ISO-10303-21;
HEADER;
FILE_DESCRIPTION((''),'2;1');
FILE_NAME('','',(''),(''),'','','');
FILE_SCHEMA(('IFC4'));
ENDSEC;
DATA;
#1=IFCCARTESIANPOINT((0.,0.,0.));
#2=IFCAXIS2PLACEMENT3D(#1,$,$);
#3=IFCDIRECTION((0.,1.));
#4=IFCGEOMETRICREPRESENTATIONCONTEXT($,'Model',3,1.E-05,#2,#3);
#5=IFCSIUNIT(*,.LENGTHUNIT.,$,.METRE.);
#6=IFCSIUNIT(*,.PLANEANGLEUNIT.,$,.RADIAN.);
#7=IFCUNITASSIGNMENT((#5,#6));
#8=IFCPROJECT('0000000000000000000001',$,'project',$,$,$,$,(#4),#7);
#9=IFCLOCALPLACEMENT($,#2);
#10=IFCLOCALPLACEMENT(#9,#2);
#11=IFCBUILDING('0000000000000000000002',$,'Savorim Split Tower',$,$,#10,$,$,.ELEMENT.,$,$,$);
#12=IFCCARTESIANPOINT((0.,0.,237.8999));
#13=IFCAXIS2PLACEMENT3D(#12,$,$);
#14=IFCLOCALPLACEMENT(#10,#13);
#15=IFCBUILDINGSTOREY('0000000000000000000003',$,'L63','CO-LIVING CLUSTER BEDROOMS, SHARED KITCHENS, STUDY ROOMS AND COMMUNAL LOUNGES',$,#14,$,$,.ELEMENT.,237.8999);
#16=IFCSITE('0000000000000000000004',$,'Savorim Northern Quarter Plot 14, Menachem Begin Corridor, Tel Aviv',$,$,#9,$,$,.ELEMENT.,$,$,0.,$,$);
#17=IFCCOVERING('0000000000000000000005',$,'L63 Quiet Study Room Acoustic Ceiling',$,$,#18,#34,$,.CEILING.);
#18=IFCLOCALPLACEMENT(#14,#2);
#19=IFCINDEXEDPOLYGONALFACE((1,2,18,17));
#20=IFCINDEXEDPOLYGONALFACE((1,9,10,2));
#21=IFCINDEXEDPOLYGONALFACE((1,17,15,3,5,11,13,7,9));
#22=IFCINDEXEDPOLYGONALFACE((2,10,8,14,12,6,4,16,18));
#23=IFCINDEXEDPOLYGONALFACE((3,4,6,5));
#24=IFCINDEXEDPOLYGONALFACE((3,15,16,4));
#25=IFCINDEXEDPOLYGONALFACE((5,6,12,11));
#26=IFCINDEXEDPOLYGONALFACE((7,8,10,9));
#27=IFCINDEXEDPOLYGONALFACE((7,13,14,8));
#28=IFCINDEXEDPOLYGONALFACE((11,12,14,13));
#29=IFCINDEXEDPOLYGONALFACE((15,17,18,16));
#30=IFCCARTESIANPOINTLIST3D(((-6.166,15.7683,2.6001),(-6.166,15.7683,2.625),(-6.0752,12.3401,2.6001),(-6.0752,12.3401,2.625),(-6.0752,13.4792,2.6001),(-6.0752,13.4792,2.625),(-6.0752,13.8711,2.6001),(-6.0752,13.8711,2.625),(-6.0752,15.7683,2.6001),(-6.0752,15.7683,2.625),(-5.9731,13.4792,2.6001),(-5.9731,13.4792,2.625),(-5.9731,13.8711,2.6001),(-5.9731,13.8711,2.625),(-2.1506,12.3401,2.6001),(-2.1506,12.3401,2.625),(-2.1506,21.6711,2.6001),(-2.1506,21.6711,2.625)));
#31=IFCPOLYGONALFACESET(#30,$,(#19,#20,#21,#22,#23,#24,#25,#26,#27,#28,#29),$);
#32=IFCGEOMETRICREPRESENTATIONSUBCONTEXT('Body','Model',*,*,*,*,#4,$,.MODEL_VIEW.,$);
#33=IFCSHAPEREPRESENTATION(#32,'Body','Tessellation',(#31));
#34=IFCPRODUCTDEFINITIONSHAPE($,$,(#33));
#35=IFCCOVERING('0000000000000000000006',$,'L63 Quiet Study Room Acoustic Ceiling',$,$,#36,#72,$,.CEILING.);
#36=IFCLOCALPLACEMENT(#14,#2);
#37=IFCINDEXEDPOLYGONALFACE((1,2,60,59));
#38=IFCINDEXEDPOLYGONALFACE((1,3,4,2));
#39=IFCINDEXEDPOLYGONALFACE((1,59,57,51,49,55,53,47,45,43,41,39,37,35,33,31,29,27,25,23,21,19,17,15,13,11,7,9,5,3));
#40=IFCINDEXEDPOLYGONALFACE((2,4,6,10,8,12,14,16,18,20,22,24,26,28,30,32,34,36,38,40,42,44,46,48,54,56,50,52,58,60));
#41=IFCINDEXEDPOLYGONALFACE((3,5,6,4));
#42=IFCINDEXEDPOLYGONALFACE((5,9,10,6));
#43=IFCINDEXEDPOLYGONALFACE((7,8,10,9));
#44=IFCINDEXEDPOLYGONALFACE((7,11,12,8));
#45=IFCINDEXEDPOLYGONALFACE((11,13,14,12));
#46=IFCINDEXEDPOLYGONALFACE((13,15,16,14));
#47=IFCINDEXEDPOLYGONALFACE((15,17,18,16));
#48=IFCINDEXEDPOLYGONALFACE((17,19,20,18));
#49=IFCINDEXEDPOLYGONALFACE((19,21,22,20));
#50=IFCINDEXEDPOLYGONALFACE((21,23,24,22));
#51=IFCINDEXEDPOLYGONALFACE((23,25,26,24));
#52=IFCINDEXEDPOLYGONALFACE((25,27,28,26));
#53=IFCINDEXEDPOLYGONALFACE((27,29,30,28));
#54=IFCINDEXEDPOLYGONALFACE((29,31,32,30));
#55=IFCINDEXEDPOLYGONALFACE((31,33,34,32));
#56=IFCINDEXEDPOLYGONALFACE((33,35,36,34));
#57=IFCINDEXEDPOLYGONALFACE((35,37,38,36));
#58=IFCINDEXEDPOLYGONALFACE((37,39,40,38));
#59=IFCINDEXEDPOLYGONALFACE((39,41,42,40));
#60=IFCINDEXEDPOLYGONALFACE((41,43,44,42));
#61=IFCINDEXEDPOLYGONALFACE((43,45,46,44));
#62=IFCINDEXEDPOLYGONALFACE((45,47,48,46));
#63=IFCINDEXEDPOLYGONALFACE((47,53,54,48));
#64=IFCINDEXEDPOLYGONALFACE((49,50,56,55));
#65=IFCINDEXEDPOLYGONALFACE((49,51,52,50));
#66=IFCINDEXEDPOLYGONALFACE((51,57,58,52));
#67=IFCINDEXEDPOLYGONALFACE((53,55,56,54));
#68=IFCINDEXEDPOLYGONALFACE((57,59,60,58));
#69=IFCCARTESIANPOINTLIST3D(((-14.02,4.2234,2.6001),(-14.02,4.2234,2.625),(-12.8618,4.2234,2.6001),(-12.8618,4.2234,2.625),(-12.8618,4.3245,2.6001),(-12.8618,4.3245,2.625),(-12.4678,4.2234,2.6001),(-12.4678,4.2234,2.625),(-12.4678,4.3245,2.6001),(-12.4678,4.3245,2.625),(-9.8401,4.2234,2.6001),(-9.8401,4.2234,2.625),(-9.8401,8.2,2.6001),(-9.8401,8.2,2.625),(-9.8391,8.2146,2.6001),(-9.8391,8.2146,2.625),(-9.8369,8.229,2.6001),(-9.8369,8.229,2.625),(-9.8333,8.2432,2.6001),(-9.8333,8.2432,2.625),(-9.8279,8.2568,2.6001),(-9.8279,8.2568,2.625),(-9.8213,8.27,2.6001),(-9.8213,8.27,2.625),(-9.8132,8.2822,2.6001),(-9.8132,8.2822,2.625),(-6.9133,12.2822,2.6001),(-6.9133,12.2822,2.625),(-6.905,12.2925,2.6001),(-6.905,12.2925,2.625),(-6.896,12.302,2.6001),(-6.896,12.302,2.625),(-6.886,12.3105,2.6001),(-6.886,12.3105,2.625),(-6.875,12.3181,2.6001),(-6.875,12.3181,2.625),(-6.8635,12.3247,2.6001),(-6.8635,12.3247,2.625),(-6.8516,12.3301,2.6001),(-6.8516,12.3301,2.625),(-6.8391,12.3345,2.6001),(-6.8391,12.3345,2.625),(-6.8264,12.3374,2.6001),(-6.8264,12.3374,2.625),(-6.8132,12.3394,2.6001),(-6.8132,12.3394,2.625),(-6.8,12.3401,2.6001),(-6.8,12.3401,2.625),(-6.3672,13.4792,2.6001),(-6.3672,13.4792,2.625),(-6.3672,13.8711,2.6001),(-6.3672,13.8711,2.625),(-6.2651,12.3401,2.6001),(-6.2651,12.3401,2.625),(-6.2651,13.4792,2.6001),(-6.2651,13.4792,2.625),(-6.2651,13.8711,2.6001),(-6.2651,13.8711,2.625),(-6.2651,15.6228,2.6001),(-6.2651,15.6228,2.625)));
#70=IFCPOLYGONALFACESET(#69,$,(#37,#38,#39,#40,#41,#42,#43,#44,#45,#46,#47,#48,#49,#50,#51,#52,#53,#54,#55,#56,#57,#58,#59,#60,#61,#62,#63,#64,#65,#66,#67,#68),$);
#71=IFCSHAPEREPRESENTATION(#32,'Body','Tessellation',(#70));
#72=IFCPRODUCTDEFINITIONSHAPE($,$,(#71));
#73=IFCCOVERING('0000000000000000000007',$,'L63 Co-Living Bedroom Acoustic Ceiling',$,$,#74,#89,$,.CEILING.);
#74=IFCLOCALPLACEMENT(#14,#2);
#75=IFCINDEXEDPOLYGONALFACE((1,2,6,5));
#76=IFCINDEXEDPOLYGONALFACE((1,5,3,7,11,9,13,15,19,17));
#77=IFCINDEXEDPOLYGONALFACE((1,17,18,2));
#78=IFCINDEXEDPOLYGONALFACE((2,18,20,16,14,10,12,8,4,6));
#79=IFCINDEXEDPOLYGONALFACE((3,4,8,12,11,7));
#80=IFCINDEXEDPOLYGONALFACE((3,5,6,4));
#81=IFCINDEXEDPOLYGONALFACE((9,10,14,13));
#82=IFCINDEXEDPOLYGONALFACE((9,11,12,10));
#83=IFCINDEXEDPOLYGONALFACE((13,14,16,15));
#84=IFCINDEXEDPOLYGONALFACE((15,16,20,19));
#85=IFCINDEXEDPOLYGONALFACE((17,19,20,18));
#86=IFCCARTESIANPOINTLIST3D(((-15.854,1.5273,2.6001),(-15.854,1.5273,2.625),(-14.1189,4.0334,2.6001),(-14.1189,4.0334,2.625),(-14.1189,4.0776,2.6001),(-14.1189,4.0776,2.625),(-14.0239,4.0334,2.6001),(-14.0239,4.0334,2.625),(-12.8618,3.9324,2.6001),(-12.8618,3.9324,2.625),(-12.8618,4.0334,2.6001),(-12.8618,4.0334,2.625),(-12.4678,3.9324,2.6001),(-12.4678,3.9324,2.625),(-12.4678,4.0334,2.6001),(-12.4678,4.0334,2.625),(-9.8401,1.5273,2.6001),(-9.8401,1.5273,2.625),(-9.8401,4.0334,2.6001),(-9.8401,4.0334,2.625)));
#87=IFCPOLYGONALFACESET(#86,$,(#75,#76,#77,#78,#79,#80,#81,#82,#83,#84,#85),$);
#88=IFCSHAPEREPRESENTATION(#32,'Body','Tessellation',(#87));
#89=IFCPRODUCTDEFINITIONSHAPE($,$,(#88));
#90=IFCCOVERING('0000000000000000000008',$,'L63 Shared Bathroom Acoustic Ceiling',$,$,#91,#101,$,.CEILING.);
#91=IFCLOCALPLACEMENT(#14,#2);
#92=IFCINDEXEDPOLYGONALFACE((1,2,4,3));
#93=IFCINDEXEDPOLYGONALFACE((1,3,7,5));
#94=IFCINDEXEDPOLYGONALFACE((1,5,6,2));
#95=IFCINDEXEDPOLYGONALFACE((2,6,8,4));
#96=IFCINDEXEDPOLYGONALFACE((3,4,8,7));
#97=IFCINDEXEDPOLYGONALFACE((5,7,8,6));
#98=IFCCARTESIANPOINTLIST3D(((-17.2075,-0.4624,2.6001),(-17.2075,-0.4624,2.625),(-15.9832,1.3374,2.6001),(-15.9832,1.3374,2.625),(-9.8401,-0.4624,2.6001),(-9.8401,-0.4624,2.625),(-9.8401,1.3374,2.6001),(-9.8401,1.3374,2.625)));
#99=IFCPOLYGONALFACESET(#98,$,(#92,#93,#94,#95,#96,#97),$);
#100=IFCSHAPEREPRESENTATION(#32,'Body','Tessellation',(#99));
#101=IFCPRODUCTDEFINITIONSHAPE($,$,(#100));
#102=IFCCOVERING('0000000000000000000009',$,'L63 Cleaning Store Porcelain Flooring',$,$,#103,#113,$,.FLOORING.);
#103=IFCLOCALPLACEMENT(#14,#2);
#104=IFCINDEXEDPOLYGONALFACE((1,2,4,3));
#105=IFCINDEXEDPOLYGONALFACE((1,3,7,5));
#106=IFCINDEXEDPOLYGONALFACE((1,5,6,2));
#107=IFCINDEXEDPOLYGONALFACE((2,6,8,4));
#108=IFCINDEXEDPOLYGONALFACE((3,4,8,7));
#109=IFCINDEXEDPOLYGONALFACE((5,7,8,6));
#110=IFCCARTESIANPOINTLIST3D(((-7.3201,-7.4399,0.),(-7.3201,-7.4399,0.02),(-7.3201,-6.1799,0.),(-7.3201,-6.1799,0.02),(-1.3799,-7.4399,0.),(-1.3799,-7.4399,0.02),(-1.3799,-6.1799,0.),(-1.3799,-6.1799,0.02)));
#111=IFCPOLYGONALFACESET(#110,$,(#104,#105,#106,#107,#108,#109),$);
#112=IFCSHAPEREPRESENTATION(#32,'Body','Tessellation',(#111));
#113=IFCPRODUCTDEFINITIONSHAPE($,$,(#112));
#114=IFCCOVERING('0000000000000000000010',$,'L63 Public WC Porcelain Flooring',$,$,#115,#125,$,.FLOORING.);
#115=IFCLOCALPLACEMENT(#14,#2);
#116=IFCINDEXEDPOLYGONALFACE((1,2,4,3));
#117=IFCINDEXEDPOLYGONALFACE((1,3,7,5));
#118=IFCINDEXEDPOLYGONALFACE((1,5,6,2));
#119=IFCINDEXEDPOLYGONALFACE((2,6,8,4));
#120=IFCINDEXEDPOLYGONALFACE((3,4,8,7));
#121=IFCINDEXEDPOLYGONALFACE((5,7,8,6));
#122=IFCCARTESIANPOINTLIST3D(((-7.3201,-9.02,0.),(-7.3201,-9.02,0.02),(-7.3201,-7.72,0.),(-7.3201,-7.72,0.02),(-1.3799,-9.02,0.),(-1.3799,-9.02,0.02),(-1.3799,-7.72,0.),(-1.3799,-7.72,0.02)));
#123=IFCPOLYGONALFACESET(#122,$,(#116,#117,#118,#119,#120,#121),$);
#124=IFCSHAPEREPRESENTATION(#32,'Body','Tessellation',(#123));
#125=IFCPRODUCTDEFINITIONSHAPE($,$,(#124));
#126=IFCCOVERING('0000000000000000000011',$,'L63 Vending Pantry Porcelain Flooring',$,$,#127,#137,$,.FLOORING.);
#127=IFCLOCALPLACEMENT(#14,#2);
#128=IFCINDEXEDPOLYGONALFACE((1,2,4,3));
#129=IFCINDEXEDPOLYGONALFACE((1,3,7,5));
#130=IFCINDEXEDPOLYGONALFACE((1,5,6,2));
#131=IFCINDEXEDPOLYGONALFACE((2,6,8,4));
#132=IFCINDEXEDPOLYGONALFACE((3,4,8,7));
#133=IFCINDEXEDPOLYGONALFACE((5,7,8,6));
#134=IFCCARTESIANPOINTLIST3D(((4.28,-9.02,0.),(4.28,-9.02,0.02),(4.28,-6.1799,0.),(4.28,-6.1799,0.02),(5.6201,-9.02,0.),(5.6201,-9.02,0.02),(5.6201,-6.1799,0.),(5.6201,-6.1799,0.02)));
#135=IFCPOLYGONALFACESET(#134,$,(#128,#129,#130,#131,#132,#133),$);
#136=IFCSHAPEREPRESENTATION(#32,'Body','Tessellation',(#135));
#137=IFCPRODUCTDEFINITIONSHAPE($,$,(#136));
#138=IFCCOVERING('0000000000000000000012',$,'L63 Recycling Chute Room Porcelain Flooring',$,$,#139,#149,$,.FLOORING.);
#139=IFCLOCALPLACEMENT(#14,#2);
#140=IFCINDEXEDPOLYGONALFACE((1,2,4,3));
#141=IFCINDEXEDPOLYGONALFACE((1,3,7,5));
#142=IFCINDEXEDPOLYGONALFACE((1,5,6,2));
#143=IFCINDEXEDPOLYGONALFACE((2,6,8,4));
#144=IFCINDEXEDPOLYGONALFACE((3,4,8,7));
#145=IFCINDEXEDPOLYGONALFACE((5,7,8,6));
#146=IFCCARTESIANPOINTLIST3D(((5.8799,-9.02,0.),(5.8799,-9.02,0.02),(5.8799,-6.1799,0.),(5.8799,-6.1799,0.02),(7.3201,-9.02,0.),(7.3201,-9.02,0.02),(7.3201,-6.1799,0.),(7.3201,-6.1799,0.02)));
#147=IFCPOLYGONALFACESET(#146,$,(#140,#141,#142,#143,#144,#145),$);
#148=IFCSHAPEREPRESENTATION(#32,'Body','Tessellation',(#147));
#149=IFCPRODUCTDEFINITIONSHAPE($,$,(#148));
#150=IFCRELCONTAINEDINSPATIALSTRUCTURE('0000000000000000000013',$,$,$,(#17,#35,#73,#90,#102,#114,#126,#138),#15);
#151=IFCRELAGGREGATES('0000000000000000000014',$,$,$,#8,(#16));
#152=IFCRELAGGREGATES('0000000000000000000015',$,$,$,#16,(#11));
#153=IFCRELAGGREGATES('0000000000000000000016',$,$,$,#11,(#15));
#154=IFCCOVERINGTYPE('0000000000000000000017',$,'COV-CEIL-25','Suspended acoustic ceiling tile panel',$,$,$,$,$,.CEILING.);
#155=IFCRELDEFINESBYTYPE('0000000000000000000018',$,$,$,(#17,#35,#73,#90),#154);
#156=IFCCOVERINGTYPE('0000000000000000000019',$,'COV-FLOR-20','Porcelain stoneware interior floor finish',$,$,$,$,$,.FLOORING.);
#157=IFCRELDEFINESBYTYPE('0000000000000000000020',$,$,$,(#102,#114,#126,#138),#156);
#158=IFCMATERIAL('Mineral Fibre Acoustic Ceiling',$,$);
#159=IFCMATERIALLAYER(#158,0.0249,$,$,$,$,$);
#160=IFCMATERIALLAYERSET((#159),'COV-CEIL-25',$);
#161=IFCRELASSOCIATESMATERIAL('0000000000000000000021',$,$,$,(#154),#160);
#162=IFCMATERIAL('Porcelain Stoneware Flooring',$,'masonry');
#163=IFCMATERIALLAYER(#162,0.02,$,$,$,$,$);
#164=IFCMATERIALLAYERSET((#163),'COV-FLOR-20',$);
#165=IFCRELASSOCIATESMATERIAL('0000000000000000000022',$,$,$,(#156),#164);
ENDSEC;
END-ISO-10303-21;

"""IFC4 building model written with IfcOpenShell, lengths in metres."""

from ifc_helpers import new_model, si_unit, direction, frame, origin, place, context, subcontext, project, spatial, polyline, outline, extrude, material, layer, layer_set, type_object, element, save


model = new_model("IFC4")

# Units and contexts
model_context = context("Model", 3, precision=1e-05, world=origin(), true_north=direction((0.0, 1.0)))
body_context = subcontext(model_context, "Body", "Model", "MODEL_VIEW")
ifc_project = project(units=[si_unit("LENGTHUNIT", "METRE"), si_unit("PLANEANGLEUNIT", "RADIAN")], contexts=[model_context])

# Site, building, storey
site_placement = place(None, origin())
site = spatial("IfcSite", under=ifc_project, at=site_placement, Name="Savorim Northern Quarter Plot 14, Menachem Begin Corridor, Tel Aviv", CompositionType="ELEMENT", RefElevation=0.0)
building_placement = place(site_placement, origin())
building = spatial("IfcBuilding", under=site, at=building_placement, Name="Savorim Split Tower", CompositionType="ELEMENT")
storey_placement = place(building_placement, frame((0.0, 0.0, 237.8999)))
storey = spatial("IfcBuildingStorey", under=building, at=storey_placement, Name="L63", Description="CO-LIVING CLUSTER BEDROOMS, SHARED KITCHENS, STUDY ROOMS AND COMMUNAL LOUNGES", CompositionType="ELEMENT", Elevation=237.8999)

# Coverings
ifc_material_1 = material(Name="Mineral Fibre Acoustic Ceiling")
ifc_layer_1 = layer(ifc_material_1, 0.0249)
ifc_layer_set_1 = layer_set([ifc_layer_1], Name="COV-CEIL-25")
covering_type_1 = type_object("IfcCoveringType", Name="COV-CEIL-25", Description="Suspended acoustic ceiling tile panel", PredefinedType="CEILING", material=ifc_layer_set_1)
covering_1_placement = place(storey_placement, frame((0.0, 0.0, 2.6001)))
element("IfcCovering", 1, at=covering_1_placement, inside=storey, type_object=covering_type_1, Name="L63 Quiet Study Room Acoustic Ceiling", PredefinedType="CEILING", context=body_context, shape_type="SweptSolid", body=[
    extrude(outline(polyline([(-5.9731, 13.4792), (-6.0752, 13.4792), (-6.0752, 12.3401), (-2.1506, 12.3401), (-2.1506, 21.6711), (-6.166, 15.7683), (-6.0752, 15.7683), (-6.0752, 13.8711), (-5.9731, 13.8711), (-5.9731, 13.4792)])), origin(), (0.0, 0.0, 1.0), 0.0249),
])
covering_2_placement = place(storey_placement, frame((0.0, 0.0, 2.6001)))
element("IfcCovering", 2, at=covering_2_placement, inside=storey, type_object=covering_type_1, Name="L63 Quiet Study Room Acoustic Ceiling", PredefinedType="CEILING", context=body_context, shape_type="SweptSolid", body=[
    extrude(outline(polyline([(-6.8132, 12.3394), (-6.8, 12.3401), (-6.2651, 12.3401), (-6.2651, 13.4792), (-6.3672, 13.4792), (-6.3672, 13.8711), (-6.2651, 13.8711), (-6.2651, 15.6228), (-14.02, 4.2234), (-12.8618, 4.2234), (-12.8618, 4.3245), (-12.4678, 4.3245), (-12.4678, 4.2234), (-9.8401, 4.2234), (-9.8401, 8.2), (-9.8391, 8.2146), (-9.8369, 8.229), (-9.8333, 8.2432), (-9.8279, 8.2568), (-9.8213, 8.27), (-9.8132, 8.2822), (-6.9133, 12.2822), (-6.905, 12.2925), (-6.896, 12.302), (-6.886, 12.3105), (-6.875, 12.3181), (-6.8635, 12.3247), (-6.8516, 12.3301), (-6.8391, 12.3345), (-6.8264, 12.3374), (-6.8132, 12.3394)])), origin(), (0.0, 0.0, 1.0), 0.0249),
])
covering_3_placement = place(storey_placement, frame((0.0, 0.0, 2.6001)))
element("IfcCovering", 3, at=covering_3_placement, inside=storey, type_object=covering_type_1, Name="L63 Co-Living Bedroom Acoustic Ceiling", PredefinedType="CEILING", context=body_context, shape_type="SweptSolid", body=[
    extrude(outline(polyline([(-12.8618, 4.0334), (-14.0239, 4.0334), (-14.1189, 4.0334), (-14.1189, 4.0776), (-15.854, 1.5273), (-9.8401, 1.5273), (-9.8401, 4.0334), (-12.4678, 4.0334), (-12.4678, 3.9324), (-12.8618, 3.9324), (-12.8618, 4.0334)])), origin(), (0.0, 0.0, 1.0), 0.0249),
])
covering_4_placement = place(storey_placement, frame((0.0, 0.0, 2.6001)))
element("IfcCovering", 4, at=covering_4_placement, inside=storey, type_object=covering_type_1, Name="L63 Shared Bathroom Acoustic Ceiling", PredefinedType="CEILING", context=body_context, shape_type="SweptSolid", body=[
    extrude(outline(polyline([(-15.9832, 1.3374), (-17.2075, -0.4624), (-9.8401, -0.4624), (-9.8401, 1.3374), (-15.9832, 1.3374)])), origin(), (0.0, 0.0, 1.0), 0.0249),
])
ifc_material_2 = material(Name="Porcelain Stoneware Flooring", Category="masonry")
ifc_layer_2 = layer(ifc_material_2, 0.02)
ifc_layer_set_2 = layer_set([ifc_layer_2], Name="COV-FLOR-20")
covering_type_2 = type_object("IfcCoveringType", Name="COV-FLOR-20", Description="Porcelain stoneware interior floor finish", PredefinedType="FLOORING", material=ifc_layer_set_2)
covering_5_placement = place(storey_placement, origin())
element("IfcCovering", 5, at=covering_5_placement, inside=storey, type_object=covering_type_2, Name="L63 Cleaning Store Porcelain Flooring", PredefinedType="FLOORING", context=body_context, shape_type="SweptSolid", body=[
    extrude(outline(polyline([(-7.3201, -6.1799), (-7.3201, -7.4399), (-1.3799, -7.4399), (-1.3799, -6.1799), (-7.3201, -6.1799)])), origin(), (0.0, 0.0, 1.0), 0.02),
])
covering_6_placement = place(storey_placement, origin())
element("IfcCovering", 6, at=covering_6_placement, inside=storey, type_object=covering_type_2, Name="L63 Public WC Porcelain Flooring", PredefinedType="FLOORING", context=body_context, shape_type="SweptSolid", body=[
    extrude(outline(polyline([(-7.3201, -7.72), (-7.3201, -9.02), (-1.3799, -9.02), (-1.3799, -7.72), (-7.3201, -7.72)])), origin(), (0.0, 0.0, 1.0), 0.02),
])
covering_7_placement = place(storey_placement, origin())
element("IfcCovering", 7, at=covering_7_placement, inside=storey, type_object=covering_type_2, Name="L63 Vending Pantry Porcelain Flooring", PredefinedType="FLOORING", context=body_context, shape_type="SweptSolid", body=[
    extrude(outline(polyline([(4.28, -6.1799), (4.28, -9.02), (5.6201, -9.02), (5.6201, -6.1799), (4.28, -6.1799)])), origin(), (0.0, 0.0, 1.0), 0.02),
])
covering_8_placement = place(storey_placement, origin())
element("IfcCovering", 8, at=covering_8_placement, inside=storey, type_object=covering_type_2, Name="L63 Recycling Chute Room Porcelain Flooring", PredefinedType="FLOORING", context=body_context, shape_type="SweptSolid", body=[
    extrude(outline(polyline([(5.8799, -6.1799), (5.8799, -9.02), (7.3201, -9.02), (7.3201, -6.1799), (5.8799, -6.1799)])), origin(), (0.0, 0.0, 1.0), 0.02),
])

save(model, "model.ifc")
